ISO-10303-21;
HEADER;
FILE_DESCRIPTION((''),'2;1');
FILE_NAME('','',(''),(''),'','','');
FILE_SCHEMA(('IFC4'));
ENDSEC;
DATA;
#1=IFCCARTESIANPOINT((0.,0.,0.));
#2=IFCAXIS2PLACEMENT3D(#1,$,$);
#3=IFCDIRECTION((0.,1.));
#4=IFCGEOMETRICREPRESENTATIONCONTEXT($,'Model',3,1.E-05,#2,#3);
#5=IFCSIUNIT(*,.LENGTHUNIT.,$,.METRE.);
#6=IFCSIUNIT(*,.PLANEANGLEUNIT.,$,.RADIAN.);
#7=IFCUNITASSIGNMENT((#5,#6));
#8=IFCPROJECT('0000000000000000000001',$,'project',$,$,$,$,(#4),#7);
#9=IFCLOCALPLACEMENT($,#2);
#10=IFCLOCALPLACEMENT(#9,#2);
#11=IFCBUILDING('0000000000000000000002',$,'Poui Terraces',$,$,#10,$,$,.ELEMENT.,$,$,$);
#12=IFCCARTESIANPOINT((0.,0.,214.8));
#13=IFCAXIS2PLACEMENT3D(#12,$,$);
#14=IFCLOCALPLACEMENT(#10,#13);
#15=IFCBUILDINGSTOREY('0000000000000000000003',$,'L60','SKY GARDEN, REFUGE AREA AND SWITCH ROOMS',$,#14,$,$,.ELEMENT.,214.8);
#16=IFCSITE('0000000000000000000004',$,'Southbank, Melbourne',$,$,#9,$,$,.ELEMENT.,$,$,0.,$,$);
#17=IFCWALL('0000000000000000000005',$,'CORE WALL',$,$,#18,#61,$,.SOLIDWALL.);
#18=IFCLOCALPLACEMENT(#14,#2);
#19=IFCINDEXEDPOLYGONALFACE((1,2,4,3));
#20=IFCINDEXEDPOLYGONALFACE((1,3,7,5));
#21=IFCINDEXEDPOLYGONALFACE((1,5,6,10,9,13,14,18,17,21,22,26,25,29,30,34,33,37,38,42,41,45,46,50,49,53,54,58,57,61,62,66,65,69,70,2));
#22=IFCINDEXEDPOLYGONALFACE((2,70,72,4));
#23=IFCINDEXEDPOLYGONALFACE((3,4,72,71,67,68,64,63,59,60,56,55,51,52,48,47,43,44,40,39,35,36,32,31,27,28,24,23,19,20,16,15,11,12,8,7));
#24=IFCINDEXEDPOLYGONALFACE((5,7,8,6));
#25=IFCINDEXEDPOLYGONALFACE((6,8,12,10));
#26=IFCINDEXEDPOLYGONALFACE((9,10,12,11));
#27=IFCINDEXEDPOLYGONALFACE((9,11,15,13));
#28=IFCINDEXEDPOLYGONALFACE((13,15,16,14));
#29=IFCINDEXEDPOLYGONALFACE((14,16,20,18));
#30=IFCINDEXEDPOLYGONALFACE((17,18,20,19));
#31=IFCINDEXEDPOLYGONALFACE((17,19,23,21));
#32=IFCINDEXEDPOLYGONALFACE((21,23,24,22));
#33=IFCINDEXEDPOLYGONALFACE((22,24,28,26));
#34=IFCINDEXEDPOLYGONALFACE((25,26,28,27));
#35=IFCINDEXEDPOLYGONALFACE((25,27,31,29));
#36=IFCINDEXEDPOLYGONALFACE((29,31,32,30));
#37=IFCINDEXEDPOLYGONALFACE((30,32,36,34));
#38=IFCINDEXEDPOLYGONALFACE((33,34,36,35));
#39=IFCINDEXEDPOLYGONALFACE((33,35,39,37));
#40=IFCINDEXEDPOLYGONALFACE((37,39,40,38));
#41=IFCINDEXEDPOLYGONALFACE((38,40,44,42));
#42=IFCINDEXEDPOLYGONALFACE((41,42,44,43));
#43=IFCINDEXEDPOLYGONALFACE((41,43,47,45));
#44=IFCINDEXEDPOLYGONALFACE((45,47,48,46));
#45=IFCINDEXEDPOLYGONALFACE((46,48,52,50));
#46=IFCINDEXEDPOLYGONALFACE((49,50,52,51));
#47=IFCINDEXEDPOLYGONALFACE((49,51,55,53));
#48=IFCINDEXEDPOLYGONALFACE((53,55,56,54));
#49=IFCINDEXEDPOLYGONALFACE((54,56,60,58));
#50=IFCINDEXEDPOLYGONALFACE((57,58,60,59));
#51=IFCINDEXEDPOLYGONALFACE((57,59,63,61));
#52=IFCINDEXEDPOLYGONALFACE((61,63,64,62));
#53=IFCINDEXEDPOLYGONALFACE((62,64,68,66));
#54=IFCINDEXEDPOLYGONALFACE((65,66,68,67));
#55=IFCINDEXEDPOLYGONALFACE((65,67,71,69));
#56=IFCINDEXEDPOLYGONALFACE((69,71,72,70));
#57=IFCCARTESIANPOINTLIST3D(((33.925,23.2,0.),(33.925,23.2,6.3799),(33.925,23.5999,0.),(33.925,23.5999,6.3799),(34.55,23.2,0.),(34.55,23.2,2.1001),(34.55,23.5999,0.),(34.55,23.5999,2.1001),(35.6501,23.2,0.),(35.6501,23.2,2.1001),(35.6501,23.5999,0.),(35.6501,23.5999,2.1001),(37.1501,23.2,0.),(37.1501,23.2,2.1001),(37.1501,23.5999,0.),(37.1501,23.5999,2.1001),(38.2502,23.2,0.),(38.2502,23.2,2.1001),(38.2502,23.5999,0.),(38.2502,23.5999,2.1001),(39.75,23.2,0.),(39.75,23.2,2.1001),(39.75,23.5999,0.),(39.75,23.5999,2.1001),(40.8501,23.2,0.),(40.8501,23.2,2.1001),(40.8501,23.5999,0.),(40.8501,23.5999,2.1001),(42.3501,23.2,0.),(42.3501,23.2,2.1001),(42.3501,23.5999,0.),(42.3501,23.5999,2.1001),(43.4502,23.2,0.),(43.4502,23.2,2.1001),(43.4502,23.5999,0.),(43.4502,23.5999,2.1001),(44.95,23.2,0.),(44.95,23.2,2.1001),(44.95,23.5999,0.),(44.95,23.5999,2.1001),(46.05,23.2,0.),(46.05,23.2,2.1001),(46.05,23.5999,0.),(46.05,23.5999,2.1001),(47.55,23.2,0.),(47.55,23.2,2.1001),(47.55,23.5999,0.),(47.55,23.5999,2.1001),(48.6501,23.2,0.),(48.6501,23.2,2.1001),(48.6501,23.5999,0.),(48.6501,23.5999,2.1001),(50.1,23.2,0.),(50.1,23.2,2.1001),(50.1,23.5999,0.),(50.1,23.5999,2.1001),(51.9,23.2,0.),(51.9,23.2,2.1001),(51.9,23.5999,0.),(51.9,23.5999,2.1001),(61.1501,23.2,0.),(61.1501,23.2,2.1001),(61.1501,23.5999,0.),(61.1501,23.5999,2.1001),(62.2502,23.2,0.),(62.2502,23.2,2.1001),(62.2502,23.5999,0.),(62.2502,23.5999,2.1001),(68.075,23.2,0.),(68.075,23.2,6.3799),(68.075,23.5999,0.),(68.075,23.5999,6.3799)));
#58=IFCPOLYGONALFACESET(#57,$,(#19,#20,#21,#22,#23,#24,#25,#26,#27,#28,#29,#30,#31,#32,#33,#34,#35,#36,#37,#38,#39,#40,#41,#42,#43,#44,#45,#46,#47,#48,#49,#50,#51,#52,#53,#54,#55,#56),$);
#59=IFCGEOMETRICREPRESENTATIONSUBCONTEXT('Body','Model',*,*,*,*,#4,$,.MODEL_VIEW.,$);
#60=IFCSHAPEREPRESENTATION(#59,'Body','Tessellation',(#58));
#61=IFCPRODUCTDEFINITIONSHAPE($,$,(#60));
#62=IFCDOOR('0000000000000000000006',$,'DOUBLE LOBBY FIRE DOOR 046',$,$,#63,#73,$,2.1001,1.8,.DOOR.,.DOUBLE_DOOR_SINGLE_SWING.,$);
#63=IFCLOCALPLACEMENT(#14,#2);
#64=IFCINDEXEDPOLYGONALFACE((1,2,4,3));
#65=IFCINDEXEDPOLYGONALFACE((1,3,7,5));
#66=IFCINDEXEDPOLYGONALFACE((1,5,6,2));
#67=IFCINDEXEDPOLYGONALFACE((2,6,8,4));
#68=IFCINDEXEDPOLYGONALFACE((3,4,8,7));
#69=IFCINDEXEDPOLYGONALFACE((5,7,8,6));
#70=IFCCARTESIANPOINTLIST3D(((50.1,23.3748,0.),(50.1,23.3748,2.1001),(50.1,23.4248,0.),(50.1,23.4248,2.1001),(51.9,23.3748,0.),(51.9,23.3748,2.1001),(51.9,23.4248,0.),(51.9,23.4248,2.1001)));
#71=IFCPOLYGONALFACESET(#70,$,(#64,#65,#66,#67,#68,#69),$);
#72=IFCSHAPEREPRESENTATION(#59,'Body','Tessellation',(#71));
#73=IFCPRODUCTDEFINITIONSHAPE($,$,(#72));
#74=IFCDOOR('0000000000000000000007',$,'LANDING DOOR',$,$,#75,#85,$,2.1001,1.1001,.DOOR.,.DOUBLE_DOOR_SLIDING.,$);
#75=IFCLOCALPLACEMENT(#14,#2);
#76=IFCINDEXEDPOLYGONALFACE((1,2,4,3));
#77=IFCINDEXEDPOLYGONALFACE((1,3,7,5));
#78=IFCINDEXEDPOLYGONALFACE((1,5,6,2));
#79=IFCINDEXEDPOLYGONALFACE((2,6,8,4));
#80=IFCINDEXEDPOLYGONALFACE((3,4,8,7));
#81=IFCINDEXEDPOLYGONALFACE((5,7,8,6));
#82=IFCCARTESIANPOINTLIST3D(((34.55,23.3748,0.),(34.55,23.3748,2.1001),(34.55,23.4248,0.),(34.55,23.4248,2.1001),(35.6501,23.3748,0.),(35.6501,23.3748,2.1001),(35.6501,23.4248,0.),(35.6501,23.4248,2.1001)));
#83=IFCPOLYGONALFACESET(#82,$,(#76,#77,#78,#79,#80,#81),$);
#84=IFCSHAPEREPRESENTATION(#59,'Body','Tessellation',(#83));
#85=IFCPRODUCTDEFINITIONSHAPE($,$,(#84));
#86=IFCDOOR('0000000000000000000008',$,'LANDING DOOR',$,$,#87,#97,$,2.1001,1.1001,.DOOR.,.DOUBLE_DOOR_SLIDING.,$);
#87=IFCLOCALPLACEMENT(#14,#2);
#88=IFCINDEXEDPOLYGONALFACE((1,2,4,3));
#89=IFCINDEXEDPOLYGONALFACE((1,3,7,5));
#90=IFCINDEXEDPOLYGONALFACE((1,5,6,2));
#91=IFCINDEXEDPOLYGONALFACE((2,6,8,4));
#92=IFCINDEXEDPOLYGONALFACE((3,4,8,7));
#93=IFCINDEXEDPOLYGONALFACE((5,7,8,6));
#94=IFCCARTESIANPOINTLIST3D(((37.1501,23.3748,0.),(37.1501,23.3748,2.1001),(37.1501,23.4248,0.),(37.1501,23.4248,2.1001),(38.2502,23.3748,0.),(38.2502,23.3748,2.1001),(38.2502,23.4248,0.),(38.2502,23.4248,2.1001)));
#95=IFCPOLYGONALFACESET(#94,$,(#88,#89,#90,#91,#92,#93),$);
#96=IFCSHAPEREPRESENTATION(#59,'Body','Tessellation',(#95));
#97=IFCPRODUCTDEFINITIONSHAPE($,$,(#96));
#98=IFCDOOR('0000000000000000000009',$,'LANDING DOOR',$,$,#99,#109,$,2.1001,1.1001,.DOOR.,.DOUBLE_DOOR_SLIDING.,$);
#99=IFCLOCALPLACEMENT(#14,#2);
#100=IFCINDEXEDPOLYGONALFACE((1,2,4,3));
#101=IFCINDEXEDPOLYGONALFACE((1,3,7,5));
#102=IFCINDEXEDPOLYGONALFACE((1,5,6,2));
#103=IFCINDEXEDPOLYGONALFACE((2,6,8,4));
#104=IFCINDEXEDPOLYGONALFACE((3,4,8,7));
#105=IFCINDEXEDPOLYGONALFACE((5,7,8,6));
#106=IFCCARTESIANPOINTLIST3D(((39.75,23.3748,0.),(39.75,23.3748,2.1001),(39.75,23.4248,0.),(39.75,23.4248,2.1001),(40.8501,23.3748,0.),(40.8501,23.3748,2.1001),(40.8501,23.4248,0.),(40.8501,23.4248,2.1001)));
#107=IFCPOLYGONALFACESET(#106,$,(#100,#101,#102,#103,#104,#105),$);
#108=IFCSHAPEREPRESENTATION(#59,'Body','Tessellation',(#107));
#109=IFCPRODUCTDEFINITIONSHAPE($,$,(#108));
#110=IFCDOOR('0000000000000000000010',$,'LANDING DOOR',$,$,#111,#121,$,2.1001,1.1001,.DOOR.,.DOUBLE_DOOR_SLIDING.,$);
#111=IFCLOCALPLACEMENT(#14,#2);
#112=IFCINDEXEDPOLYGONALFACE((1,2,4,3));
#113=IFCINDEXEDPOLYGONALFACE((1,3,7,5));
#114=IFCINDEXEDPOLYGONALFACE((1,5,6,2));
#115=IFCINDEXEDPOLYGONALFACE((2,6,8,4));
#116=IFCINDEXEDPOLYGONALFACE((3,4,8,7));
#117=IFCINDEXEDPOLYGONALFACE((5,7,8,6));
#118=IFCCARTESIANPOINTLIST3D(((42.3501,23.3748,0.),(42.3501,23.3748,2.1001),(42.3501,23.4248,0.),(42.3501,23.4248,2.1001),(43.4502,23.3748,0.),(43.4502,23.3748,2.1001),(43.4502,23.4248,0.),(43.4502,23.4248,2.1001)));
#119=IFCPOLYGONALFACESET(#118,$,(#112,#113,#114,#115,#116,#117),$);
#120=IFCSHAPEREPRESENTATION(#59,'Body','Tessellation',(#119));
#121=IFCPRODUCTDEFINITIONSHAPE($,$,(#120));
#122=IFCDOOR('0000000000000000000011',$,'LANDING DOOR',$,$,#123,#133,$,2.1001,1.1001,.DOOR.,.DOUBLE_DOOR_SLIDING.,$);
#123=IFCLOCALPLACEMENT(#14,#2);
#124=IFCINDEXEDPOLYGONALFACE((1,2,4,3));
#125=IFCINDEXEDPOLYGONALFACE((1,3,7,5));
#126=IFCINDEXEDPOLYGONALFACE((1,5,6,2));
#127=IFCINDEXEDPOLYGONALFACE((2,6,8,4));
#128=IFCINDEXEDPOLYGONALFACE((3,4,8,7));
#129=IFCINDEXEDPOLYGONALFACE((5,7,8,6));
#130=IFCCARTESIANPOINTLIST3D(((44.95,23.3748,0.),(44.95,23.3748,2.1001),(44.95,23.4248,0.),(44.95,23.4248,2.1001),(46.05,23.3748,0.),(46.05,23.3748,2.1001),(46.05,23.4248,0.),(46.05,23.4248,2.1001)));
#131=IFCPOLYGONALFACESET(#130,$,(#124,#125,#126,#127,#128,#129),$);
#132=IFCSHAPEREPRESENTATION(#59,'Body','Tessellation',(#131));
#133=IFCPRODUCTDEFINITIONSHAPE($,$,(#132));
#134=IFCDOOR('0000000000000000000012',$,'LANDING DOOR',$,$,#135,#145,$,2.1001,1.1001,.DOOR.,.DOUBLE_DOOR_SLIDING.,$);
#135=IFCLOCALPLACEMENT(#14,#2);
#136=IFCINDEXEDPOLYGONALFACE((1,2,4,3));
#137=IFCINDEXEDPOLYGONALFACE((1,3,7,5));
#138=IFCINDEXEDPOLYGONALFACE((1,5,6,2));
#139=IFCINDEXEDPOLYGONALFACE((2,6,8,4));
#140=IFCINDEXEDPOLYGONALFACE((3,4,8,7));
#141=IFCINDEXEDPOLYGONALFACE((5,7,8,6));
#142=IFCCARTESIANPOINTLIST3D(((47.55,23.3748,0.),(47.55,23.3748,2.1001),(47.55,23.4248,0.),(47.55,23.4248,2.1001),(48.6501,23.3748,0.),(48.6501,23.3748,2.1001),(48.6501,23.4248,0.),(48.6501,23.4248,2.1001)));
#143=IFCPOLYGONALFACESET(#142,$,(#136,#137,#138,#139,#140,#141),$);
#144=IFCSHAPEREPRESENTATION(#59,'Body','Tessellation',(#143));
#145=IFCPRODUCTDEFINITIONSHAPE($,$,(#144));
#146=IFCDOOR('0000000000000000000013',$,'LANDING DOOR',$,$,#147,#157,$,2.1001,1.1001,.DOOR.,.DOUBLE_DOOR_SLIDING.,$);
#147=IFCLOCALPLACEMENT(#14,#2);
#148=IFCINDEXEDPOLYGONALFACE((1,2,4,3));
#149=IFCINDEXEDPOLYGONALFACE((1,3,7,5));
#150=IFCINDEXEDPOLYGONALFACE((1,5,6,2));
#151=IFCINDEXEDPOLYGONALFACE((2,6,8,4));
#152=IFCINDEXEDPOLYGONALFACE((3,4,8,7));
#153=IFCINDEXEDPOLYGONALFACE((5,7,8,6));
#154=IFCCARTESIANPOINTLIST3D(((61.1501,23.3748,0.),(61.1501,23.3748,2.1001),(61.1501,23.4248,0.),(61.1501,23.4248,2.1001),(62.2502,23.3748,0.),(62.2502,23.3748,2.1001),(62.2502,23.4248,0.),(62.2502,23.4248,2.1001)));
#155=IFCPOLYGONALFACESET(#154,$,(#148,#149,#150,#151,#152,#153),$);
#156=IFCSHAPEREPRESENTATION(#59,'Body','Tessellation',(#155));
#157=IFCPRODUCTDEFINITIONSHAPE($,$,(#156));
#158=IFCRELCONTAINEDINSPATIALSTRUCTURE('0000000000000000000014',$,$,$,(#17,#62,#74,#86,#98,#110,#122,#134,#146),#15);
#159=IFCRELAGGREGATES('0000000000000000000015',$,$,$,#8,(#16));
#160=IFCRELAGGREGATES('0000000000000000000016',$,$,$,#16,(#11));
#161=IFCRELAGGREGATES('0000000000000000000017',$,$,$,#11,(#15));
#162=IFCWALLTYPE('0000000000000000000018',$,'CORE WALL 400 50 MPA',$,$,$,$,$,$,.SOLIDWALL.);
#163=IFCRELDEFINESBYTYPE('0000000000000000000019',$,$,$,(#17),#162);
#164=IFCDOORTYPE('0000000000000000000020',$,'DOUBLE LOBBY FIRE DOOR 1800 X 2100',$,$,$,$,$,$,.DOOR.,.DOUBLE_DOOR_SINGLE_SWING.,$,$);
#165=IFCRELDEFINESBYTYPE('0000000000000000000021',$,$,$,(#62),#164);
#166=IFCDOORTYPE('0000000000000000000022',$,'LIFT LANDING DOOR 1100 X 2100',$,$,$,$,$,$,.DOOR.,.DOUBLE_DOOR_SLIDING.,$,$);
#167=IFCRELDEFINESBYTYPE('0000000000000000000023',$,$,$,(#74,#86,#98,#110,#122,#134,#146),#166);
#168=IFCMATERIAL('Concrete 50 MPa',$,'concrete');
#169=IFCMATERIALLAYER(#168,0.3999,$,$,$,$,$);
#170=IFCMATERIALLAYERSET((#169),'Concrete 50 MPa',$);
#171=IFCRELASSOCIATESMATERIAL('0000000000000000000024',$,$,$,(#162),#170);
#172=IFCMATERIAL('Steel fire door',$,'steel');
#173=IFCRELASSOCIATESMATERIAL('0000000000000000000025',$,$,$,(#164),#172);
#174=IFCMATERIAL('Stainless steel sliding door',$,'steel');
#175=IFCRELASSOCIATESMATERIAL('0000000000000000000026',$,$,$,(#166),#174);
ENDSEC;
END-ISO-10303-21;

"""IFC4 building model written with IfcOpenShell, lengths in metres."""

from ifc_helpers import new_model, si_unit, direction, frame, frame_2d, origin, place, context, subcontext, project, spatial, rectangle, extrude, material, layer, layer_set, type_object, element, fill, save


model = new_model("IFC4")

# Units and contexts
model_context = context("Model", 3, precision=1e-05, world=origin(), true_north=direction((0.0, 1.0)))
body_context = subcontext(model_context, "Body", "Model", "MODEL_VIEW")
ifc_project = project(units=[si_unit("LENGTHUNIT", "METRE"), si_unit("PLANEANGLEUNIT", "RADIAN")], contexts=[model_context])

# Site, building, storey
site_placement = place(None, origin())
site = spatial("IfcSite", under=ifc_project, at=site_placement, Name="Southbank, Melbourne", CompositionType="ELEMENT", RefElevation=0.0)
building_placement = place(site_placement, origin())
building = spatial("IfcBuilding", under=site, at=building_placement, Name="Poui Terraces", CompositionType="ELEMENT")
storey_placement = place(building_placement, frame((0.0, 0.0, 214.8)))
storey = spatial("IfcBuildingStorey", under=building, at=storey_placement, Name="L60", Description="SKY GARDEN, REFUGE AREA AND SWITCH ROOMS", CompositionType="ELEMENT", Elevation=214.8)

# Wall, openings, doors
ifc_material_1 = material(Name="Concrete 50 MPa", Category="concrete")
ifc_layer_1 = layer(ifc_material_1, 0.3999)
ifc_layer_set_1 = layer_set([ifc_layer_1], Name="Concrete 50 MPa")
wall_type_1 = type_object("IfcWallType", Name="CORE WALL 400 50 MPA", PredefinedType="SOLIDWALL", material=ifc_layer_set_1)
ifc_material_2 = material(Name="Steel fire door", Category="steel")
door_type_1 = type_object("IfcDoorType", Name="DOUBLE LOBBY FIRE DOOR 1800 X 2100", OperationType="DOUBLE_DOOR_SINGLE_SWING", PredefinedType="DOOR", material=ifc_material_2)
wall_1_placement = place(storey_placement, frame((33.925, 23.3999, 0.0), z_axis=(0.0, 0.0, 1.0), x_axis=(1.0, 0.0, 0.0)))
wall_1 = element("IfcWall", 1, at=wall_1_placement, inside=storey, type_object=wall_type_1, Name="CORE WALL", PredefinedType="SOLIDWALL", context=body_context, shape_type="SweptSolid", body=[
    extrude(rectangle(XDim=34.1499, YDim=0.3999, at=frame_2d((17.075, 0.0))), origin(), (0.0, 0.0, 1.0), 6.3799),
])
opening_1_placement = place(wall_1_placement, frame((16.175, 0.0, 0.0)))
opening_1 = element("IfcOpeningElement", 2, at=opening_1_placement, cuts=wall_1, PredefinedType="OPENING", context=body_context, shape_type="SweptSolid", body=[
    extrude(rectangle(XDim=1.8, YDim=2.1001, at=frame_2d((0.8999, 1.05))), frame((0.0, 0.21, 0.0), z_axis=(0.0, -1.0, 0.0), x_axis=(1.0, 0.0, 0.0)), (0.0, 0.0, 1.0), 0.4199),
])
opening_2_placement = place(wall_1_placement, frame((0.625, 0.0, 0.0)))
opening_2 = element("IfcOpeningElement", 3, at=opening_2_placement, cuts=wall_1, PredefinedType="OPENING", context=body_context, shape_type="SweptSolid", body=[
    extrude(rectangle(XDim=1.1001, YDim=2.1001, at=frame_2d((0.55, 1.05))), frame((0.0, 0.21, 0.0), z_axis=(0.0, -1.0, 0.0), x_axis=(1.0, 0.0, 0.0)), (0.0, 0.0, 1.0), 0.4199),
])
opening_3_placement = place(wall_1_placement, frame((3.2251, 0.0, 0.0)))
opening_3 = element("IfcOpeningElement", 4, at=opening_3_placement, cuts=wall_1, PredefinedType="OPENING", context=body_context, shape_type="SweptSolid", body=[
    extrude(rectangle(XDim=1.1001, YDim=2.1001, at=frame_2d((0.55, 1.05))), frame((0.0, 0.21, 0.0), z_axis=(0.0, -1.0, 0.0), x_axis=(1.0, 0.0, 0.0)), (0.0, 0.0, 1.0), 0.4199),
])
opening_4_placement = place(wall_1_placement, frame((5.825, 0.0, 0.0)))
opening_4 = element("IfcOpeningElement", 5, at=opening_4_placement, cuts=wall_1, PredefinedType="OPENING", context=body_context, shape_type="SweptSolid", body=[
    extrude(rectangle(XDim=1.1001, YDim=2.1001, at=frame_2d((0.55, 1.05))), frame((0.0, 0.21, 0.0), z_axis=(0.0, -1.0, 0.0), x_axis=(1.0, 0.0, 0.0)), (0.0, 0.0, 1.0), 0.4199),
])
opening_5_placement = place(wall_1_placement, frame((8.425, 0.0, 0.0)))
opening_5 = element("IfcOpeningElement", 6, at=opening_5_placement, cuts=wall_1, PredefinedType="OPENING", context=body_context, shape_type="SweptSolid", body=[
    extrude(rectangle(XDim=1.1001, YDim=2.1001, at=frame_2d((0.55, 1.05))), frame((0.0, 0.21, 0.0), z_axis=(0.0, -1.0, 0.0), x_axis=(1.0, 0.0, 0.0)), (0.0, 0.0, 1.0), 0.4199),
])
opening_6_placement = place(wall_1_placement, frame((11.0249, 0.0, 0.0)))
opening_6 = element("IfcOpeningElement", 7, at=opening_6_placement, cuts=wall_1, PredefinedType="OPENING", context=body_context, shape_type="SweptSolid", body=[
    extrude(rectangle(XDim=1.1001, YDim=2.1001, at=frame_2d((0.55, 1.05))), frame((0.0, 0.21, 0.0), z_axis=(0.0, -1.0, 0.0), x_axis=(1.0, 0.0, 0.0)), (0.0, 0.0, 1.0), 0.4199),
])
opening_7_placement = place(wall_1_placement, frame((13.625, 0.0, 0.0)))
opening_7 = element("IfcOpeningElement", 8, at=opening_7_placement, cuts=wall_1, PredefinedType="OPENING", context=body_context, shape_type="SweptSolid", body=[
    extrude(rectangle(XDim=1.1001, YDim=2.1001, at=frame_2d((0.55, 1.05))), frame((0.0, 0.21, 0.0), z_axis=(0.0, -1.0, 0.0), x_axis=(1.0, 0.0, 0.0)), (0.0, 0.0, 1.0), 0.4199),
])
opening_8_placement = place(wall_1_placement, frame((27.2251, 0.0, 0.0)))
opening_8 = element("IfcOpeningElement", 9, at=opening_8_placement, cuts=wall_1, PredefinedType="OPENING", context=body_context, shape_type="SweptSolid", body=[
    extrude(rectangle(XDim=1.1001, YDim=2.1001, at=frame_2d((0.55, 1.05))), frame((0.0, 0.21, 0.0), z_axis=(0.0, -1.0, 0.0), x_axis=(1.0, 0.0, 0.0)), (0.0, 0.0, 1.0), 0.4199),
])
door_1_placement = place(opening_1_placement, origin())
door_1 = element("IfcDoor", 10, at=door_1_placement, inside=storey, type_object=door_type_1, Name="DOUBLE LOBBY FIRE DOOR 046", OperationType="DOUBLE_DOOR_SINGLE_SWING", OverallHeight=2.1001, OverallWidth=1.8, PredefinedType="DOOR", context=body_context, shape_type="SweptSolid", body=[
    extrude(rectangle(XDim=1.8, YDim=2.1001, at=frame_2d((0.8999, 1.05))), frame((0.0, 0.0249, 0.0), z_axis=(0.0, -1.0, 0.0), x_axis=(1.0, 0.0, 0.0)), (0.0, 0.0, 1.0), 0.05),
])
fill(opening_1, door_1)
ifc_material_3 = material(Name="Stainless steel sliding door", Category="steel")
door_type_2 = type_object("IfcDoorType", Name="LIFT LANDING DOOR 1100 X 2100", OperationType="DOUBLE_DOOR_SLIDING", PredefinedType="DOOR", material=ifc_material_3)
door_2_placement = place(opening_2_placement, origin())
door_2 = element("IfcDoor", 11, at=door_2_placement, inside=storey, type_object=door_type_2, Name="LANDING DOOR", OperationType="DOUBLE_DOOR_SLIDING", OverallHeight=2.1001, OverallWidth=1.1001, PredefinedType="DOOR", context=body_context, shape_type="SweptSolid", body=[
    extrude(rectangle(XDim=1.1001, YDim=2.1001, at=frame_2d((0.55, 1.05))), frame((0.0, 0.0249, 0.0), z_axis=(0.0, -1.0, 0.0), x_axis=(1.0, 0.0, 0.0)), (0.0, 0.0, 1.0), 0.05),
])
fill(opening_2, door_2)
door_3_placement = place(opening_3_placement, origin())
door_3 = element("IfcDoor", 12, at=door_3_placement, inside=storey, type_object=door_type_2, Name="LANDING DOOR", OperationType="DOUBLE_DOOR_SLIDING", OverallHeight=2.1001, OverallWidth=1.1001, PredefinedType="DOOR", context=body_context, shape_type="SweptSolid", body=[
    extrude(rectangle(XDim=1.1001, YDim=2.1001, at=frame_2d((0.55, 1.05))), frame((0.0, 0.0249, 0.0), z_axis=(0.0, -1.0, 0.0), x_axis=(1.0, 0.0, 0.0)), (0.0, 0.0, 1.0), 0.05),
])
fill(opening_3, door_3)
door_4_placement = place(opening_4_placement, origin())
door_4 = element("IfcDoor", 13, at=door_4_placement, inside=storey, type_object=door_type_2, Name="LANDING DOOR", OperationType="DOUBLE_DOOR_SLIDING", OverallHeight=2.1001, OverallWidth=1.1001, PredefinedType="DOOR", context=body_context, shape_type="SweptSolid", body=[
    extrude(rectangle(XDim=1.1001, YDim=2.1001, at=frame_2d((0.55, 1.05))), frame((0.0, 0.0249, 0.0), z_axis=(0.0, -1.0, 0.0), x_axis=(1.0, 0.0, 0.0)), (0.0, 0.0, 1.0), 0.05),
])
fill(opening_4, door_4)
door_5_placement = place(opening_5_placement, origin())
door_5 = element("IfcDoor", 14, at=door_5_placement, inside=storey, type_object=door_type_2, Name="LANDING DOOR", OperationType="DOUBLE_DOOR_SLIDING", OverallHeight=2.1001, OverallWidth=1.1001, PredefinedType="DOOR", context=body_context, shape_type="SweptSolid", body=[
    extrude(rectangle(XDim=1.1001, YDim=2.1001, at=frame_2d((0.55, 1.05))), frame((0.0, 0.0249, 0.0), z_axis=(0.0, -1.0, 0.0), x_axis=(1.0, 0.0, 0.0)), (0.0, 0.0, 1.0), 0.05),
])
fill(opening_5, door_5)
door_6_placement = place(opening_6_placement, origin())
door_6 = element("IfcDoor", 15, at=door_6_placement, inside=storey, type_object=door_type_2, Name="LANDING DOOR", OperationType="DOUBLE_DOOR_SLIDING", OverallHeight=2.1001, OverallWidth=1.1001, PredefinedType="DOOR", context=body_context, shape_type="SweptSolid", body=[
    extrude(rectangle(XDim=1.1001, YDim=2.1001, at=frame_2d((0.55, 1.05))), frame((0.0, 0.0249, 0.0), z_axis=(0.0, -1.0, 0.0), x_axis=(1.0, 0.0, 0.0)), (0.0, 0.0, 1.0), 0.05),
])
fill(opening_6, door_6)
door_7_placement = place(opening_7_placement, origin())
door_7 = element("IfcDoor", 16, at=door_7_placement, inside=storey, type_object=door_type_2, Name="LANDING DOOR", OperationType="DOUBLE_DOOR_SLIDING", OverallHeight=2.1001, OverallWidth=1.1001, PredefinedType="DOOR", context=body_context, shape_type="SweptSolid", body=[
    extrude(rectangle(XDim=1.1001, YDim=2.1001, at=frame_2d((0.55, 1.05))), frame((0.0, 0.0249, 0.0), z_axis=(0.0, -1.0, 0.0), x_axis=(1.0, 0.0, 0.0)), (0.0, 0.0, 1.0), 0.05),
])
fill(opening_7, door_7)
door_8_placement = place(opening_8_placement, origin())
door_8 = element("IfcDoor", 17, at=door_8_placement, inside=storey, type_object=door_type_2, Name="LANDING DOOR", OperationType="DOUBLE_DOOR_SLIDING", OverallHeight=2.1001, OverallWidth=1.1001, PredefinedType="DOOR", context=body_context, shape_type="SweptSolid", body=[
    extrude(rectangle(XDim=1.1001, YDim=2.1001, at=frame_2d((0.55, 1.05))), frame((0.0, 0.0249, 0.0), z_axis=(0.0, -1.0, 0.0), x_axis=(1.0, 0.0, 0.0)), (0.0, 0.0, 1.0), 0.05),
])
fill(opening_8, door_8)

save(model, "model.ifc")
